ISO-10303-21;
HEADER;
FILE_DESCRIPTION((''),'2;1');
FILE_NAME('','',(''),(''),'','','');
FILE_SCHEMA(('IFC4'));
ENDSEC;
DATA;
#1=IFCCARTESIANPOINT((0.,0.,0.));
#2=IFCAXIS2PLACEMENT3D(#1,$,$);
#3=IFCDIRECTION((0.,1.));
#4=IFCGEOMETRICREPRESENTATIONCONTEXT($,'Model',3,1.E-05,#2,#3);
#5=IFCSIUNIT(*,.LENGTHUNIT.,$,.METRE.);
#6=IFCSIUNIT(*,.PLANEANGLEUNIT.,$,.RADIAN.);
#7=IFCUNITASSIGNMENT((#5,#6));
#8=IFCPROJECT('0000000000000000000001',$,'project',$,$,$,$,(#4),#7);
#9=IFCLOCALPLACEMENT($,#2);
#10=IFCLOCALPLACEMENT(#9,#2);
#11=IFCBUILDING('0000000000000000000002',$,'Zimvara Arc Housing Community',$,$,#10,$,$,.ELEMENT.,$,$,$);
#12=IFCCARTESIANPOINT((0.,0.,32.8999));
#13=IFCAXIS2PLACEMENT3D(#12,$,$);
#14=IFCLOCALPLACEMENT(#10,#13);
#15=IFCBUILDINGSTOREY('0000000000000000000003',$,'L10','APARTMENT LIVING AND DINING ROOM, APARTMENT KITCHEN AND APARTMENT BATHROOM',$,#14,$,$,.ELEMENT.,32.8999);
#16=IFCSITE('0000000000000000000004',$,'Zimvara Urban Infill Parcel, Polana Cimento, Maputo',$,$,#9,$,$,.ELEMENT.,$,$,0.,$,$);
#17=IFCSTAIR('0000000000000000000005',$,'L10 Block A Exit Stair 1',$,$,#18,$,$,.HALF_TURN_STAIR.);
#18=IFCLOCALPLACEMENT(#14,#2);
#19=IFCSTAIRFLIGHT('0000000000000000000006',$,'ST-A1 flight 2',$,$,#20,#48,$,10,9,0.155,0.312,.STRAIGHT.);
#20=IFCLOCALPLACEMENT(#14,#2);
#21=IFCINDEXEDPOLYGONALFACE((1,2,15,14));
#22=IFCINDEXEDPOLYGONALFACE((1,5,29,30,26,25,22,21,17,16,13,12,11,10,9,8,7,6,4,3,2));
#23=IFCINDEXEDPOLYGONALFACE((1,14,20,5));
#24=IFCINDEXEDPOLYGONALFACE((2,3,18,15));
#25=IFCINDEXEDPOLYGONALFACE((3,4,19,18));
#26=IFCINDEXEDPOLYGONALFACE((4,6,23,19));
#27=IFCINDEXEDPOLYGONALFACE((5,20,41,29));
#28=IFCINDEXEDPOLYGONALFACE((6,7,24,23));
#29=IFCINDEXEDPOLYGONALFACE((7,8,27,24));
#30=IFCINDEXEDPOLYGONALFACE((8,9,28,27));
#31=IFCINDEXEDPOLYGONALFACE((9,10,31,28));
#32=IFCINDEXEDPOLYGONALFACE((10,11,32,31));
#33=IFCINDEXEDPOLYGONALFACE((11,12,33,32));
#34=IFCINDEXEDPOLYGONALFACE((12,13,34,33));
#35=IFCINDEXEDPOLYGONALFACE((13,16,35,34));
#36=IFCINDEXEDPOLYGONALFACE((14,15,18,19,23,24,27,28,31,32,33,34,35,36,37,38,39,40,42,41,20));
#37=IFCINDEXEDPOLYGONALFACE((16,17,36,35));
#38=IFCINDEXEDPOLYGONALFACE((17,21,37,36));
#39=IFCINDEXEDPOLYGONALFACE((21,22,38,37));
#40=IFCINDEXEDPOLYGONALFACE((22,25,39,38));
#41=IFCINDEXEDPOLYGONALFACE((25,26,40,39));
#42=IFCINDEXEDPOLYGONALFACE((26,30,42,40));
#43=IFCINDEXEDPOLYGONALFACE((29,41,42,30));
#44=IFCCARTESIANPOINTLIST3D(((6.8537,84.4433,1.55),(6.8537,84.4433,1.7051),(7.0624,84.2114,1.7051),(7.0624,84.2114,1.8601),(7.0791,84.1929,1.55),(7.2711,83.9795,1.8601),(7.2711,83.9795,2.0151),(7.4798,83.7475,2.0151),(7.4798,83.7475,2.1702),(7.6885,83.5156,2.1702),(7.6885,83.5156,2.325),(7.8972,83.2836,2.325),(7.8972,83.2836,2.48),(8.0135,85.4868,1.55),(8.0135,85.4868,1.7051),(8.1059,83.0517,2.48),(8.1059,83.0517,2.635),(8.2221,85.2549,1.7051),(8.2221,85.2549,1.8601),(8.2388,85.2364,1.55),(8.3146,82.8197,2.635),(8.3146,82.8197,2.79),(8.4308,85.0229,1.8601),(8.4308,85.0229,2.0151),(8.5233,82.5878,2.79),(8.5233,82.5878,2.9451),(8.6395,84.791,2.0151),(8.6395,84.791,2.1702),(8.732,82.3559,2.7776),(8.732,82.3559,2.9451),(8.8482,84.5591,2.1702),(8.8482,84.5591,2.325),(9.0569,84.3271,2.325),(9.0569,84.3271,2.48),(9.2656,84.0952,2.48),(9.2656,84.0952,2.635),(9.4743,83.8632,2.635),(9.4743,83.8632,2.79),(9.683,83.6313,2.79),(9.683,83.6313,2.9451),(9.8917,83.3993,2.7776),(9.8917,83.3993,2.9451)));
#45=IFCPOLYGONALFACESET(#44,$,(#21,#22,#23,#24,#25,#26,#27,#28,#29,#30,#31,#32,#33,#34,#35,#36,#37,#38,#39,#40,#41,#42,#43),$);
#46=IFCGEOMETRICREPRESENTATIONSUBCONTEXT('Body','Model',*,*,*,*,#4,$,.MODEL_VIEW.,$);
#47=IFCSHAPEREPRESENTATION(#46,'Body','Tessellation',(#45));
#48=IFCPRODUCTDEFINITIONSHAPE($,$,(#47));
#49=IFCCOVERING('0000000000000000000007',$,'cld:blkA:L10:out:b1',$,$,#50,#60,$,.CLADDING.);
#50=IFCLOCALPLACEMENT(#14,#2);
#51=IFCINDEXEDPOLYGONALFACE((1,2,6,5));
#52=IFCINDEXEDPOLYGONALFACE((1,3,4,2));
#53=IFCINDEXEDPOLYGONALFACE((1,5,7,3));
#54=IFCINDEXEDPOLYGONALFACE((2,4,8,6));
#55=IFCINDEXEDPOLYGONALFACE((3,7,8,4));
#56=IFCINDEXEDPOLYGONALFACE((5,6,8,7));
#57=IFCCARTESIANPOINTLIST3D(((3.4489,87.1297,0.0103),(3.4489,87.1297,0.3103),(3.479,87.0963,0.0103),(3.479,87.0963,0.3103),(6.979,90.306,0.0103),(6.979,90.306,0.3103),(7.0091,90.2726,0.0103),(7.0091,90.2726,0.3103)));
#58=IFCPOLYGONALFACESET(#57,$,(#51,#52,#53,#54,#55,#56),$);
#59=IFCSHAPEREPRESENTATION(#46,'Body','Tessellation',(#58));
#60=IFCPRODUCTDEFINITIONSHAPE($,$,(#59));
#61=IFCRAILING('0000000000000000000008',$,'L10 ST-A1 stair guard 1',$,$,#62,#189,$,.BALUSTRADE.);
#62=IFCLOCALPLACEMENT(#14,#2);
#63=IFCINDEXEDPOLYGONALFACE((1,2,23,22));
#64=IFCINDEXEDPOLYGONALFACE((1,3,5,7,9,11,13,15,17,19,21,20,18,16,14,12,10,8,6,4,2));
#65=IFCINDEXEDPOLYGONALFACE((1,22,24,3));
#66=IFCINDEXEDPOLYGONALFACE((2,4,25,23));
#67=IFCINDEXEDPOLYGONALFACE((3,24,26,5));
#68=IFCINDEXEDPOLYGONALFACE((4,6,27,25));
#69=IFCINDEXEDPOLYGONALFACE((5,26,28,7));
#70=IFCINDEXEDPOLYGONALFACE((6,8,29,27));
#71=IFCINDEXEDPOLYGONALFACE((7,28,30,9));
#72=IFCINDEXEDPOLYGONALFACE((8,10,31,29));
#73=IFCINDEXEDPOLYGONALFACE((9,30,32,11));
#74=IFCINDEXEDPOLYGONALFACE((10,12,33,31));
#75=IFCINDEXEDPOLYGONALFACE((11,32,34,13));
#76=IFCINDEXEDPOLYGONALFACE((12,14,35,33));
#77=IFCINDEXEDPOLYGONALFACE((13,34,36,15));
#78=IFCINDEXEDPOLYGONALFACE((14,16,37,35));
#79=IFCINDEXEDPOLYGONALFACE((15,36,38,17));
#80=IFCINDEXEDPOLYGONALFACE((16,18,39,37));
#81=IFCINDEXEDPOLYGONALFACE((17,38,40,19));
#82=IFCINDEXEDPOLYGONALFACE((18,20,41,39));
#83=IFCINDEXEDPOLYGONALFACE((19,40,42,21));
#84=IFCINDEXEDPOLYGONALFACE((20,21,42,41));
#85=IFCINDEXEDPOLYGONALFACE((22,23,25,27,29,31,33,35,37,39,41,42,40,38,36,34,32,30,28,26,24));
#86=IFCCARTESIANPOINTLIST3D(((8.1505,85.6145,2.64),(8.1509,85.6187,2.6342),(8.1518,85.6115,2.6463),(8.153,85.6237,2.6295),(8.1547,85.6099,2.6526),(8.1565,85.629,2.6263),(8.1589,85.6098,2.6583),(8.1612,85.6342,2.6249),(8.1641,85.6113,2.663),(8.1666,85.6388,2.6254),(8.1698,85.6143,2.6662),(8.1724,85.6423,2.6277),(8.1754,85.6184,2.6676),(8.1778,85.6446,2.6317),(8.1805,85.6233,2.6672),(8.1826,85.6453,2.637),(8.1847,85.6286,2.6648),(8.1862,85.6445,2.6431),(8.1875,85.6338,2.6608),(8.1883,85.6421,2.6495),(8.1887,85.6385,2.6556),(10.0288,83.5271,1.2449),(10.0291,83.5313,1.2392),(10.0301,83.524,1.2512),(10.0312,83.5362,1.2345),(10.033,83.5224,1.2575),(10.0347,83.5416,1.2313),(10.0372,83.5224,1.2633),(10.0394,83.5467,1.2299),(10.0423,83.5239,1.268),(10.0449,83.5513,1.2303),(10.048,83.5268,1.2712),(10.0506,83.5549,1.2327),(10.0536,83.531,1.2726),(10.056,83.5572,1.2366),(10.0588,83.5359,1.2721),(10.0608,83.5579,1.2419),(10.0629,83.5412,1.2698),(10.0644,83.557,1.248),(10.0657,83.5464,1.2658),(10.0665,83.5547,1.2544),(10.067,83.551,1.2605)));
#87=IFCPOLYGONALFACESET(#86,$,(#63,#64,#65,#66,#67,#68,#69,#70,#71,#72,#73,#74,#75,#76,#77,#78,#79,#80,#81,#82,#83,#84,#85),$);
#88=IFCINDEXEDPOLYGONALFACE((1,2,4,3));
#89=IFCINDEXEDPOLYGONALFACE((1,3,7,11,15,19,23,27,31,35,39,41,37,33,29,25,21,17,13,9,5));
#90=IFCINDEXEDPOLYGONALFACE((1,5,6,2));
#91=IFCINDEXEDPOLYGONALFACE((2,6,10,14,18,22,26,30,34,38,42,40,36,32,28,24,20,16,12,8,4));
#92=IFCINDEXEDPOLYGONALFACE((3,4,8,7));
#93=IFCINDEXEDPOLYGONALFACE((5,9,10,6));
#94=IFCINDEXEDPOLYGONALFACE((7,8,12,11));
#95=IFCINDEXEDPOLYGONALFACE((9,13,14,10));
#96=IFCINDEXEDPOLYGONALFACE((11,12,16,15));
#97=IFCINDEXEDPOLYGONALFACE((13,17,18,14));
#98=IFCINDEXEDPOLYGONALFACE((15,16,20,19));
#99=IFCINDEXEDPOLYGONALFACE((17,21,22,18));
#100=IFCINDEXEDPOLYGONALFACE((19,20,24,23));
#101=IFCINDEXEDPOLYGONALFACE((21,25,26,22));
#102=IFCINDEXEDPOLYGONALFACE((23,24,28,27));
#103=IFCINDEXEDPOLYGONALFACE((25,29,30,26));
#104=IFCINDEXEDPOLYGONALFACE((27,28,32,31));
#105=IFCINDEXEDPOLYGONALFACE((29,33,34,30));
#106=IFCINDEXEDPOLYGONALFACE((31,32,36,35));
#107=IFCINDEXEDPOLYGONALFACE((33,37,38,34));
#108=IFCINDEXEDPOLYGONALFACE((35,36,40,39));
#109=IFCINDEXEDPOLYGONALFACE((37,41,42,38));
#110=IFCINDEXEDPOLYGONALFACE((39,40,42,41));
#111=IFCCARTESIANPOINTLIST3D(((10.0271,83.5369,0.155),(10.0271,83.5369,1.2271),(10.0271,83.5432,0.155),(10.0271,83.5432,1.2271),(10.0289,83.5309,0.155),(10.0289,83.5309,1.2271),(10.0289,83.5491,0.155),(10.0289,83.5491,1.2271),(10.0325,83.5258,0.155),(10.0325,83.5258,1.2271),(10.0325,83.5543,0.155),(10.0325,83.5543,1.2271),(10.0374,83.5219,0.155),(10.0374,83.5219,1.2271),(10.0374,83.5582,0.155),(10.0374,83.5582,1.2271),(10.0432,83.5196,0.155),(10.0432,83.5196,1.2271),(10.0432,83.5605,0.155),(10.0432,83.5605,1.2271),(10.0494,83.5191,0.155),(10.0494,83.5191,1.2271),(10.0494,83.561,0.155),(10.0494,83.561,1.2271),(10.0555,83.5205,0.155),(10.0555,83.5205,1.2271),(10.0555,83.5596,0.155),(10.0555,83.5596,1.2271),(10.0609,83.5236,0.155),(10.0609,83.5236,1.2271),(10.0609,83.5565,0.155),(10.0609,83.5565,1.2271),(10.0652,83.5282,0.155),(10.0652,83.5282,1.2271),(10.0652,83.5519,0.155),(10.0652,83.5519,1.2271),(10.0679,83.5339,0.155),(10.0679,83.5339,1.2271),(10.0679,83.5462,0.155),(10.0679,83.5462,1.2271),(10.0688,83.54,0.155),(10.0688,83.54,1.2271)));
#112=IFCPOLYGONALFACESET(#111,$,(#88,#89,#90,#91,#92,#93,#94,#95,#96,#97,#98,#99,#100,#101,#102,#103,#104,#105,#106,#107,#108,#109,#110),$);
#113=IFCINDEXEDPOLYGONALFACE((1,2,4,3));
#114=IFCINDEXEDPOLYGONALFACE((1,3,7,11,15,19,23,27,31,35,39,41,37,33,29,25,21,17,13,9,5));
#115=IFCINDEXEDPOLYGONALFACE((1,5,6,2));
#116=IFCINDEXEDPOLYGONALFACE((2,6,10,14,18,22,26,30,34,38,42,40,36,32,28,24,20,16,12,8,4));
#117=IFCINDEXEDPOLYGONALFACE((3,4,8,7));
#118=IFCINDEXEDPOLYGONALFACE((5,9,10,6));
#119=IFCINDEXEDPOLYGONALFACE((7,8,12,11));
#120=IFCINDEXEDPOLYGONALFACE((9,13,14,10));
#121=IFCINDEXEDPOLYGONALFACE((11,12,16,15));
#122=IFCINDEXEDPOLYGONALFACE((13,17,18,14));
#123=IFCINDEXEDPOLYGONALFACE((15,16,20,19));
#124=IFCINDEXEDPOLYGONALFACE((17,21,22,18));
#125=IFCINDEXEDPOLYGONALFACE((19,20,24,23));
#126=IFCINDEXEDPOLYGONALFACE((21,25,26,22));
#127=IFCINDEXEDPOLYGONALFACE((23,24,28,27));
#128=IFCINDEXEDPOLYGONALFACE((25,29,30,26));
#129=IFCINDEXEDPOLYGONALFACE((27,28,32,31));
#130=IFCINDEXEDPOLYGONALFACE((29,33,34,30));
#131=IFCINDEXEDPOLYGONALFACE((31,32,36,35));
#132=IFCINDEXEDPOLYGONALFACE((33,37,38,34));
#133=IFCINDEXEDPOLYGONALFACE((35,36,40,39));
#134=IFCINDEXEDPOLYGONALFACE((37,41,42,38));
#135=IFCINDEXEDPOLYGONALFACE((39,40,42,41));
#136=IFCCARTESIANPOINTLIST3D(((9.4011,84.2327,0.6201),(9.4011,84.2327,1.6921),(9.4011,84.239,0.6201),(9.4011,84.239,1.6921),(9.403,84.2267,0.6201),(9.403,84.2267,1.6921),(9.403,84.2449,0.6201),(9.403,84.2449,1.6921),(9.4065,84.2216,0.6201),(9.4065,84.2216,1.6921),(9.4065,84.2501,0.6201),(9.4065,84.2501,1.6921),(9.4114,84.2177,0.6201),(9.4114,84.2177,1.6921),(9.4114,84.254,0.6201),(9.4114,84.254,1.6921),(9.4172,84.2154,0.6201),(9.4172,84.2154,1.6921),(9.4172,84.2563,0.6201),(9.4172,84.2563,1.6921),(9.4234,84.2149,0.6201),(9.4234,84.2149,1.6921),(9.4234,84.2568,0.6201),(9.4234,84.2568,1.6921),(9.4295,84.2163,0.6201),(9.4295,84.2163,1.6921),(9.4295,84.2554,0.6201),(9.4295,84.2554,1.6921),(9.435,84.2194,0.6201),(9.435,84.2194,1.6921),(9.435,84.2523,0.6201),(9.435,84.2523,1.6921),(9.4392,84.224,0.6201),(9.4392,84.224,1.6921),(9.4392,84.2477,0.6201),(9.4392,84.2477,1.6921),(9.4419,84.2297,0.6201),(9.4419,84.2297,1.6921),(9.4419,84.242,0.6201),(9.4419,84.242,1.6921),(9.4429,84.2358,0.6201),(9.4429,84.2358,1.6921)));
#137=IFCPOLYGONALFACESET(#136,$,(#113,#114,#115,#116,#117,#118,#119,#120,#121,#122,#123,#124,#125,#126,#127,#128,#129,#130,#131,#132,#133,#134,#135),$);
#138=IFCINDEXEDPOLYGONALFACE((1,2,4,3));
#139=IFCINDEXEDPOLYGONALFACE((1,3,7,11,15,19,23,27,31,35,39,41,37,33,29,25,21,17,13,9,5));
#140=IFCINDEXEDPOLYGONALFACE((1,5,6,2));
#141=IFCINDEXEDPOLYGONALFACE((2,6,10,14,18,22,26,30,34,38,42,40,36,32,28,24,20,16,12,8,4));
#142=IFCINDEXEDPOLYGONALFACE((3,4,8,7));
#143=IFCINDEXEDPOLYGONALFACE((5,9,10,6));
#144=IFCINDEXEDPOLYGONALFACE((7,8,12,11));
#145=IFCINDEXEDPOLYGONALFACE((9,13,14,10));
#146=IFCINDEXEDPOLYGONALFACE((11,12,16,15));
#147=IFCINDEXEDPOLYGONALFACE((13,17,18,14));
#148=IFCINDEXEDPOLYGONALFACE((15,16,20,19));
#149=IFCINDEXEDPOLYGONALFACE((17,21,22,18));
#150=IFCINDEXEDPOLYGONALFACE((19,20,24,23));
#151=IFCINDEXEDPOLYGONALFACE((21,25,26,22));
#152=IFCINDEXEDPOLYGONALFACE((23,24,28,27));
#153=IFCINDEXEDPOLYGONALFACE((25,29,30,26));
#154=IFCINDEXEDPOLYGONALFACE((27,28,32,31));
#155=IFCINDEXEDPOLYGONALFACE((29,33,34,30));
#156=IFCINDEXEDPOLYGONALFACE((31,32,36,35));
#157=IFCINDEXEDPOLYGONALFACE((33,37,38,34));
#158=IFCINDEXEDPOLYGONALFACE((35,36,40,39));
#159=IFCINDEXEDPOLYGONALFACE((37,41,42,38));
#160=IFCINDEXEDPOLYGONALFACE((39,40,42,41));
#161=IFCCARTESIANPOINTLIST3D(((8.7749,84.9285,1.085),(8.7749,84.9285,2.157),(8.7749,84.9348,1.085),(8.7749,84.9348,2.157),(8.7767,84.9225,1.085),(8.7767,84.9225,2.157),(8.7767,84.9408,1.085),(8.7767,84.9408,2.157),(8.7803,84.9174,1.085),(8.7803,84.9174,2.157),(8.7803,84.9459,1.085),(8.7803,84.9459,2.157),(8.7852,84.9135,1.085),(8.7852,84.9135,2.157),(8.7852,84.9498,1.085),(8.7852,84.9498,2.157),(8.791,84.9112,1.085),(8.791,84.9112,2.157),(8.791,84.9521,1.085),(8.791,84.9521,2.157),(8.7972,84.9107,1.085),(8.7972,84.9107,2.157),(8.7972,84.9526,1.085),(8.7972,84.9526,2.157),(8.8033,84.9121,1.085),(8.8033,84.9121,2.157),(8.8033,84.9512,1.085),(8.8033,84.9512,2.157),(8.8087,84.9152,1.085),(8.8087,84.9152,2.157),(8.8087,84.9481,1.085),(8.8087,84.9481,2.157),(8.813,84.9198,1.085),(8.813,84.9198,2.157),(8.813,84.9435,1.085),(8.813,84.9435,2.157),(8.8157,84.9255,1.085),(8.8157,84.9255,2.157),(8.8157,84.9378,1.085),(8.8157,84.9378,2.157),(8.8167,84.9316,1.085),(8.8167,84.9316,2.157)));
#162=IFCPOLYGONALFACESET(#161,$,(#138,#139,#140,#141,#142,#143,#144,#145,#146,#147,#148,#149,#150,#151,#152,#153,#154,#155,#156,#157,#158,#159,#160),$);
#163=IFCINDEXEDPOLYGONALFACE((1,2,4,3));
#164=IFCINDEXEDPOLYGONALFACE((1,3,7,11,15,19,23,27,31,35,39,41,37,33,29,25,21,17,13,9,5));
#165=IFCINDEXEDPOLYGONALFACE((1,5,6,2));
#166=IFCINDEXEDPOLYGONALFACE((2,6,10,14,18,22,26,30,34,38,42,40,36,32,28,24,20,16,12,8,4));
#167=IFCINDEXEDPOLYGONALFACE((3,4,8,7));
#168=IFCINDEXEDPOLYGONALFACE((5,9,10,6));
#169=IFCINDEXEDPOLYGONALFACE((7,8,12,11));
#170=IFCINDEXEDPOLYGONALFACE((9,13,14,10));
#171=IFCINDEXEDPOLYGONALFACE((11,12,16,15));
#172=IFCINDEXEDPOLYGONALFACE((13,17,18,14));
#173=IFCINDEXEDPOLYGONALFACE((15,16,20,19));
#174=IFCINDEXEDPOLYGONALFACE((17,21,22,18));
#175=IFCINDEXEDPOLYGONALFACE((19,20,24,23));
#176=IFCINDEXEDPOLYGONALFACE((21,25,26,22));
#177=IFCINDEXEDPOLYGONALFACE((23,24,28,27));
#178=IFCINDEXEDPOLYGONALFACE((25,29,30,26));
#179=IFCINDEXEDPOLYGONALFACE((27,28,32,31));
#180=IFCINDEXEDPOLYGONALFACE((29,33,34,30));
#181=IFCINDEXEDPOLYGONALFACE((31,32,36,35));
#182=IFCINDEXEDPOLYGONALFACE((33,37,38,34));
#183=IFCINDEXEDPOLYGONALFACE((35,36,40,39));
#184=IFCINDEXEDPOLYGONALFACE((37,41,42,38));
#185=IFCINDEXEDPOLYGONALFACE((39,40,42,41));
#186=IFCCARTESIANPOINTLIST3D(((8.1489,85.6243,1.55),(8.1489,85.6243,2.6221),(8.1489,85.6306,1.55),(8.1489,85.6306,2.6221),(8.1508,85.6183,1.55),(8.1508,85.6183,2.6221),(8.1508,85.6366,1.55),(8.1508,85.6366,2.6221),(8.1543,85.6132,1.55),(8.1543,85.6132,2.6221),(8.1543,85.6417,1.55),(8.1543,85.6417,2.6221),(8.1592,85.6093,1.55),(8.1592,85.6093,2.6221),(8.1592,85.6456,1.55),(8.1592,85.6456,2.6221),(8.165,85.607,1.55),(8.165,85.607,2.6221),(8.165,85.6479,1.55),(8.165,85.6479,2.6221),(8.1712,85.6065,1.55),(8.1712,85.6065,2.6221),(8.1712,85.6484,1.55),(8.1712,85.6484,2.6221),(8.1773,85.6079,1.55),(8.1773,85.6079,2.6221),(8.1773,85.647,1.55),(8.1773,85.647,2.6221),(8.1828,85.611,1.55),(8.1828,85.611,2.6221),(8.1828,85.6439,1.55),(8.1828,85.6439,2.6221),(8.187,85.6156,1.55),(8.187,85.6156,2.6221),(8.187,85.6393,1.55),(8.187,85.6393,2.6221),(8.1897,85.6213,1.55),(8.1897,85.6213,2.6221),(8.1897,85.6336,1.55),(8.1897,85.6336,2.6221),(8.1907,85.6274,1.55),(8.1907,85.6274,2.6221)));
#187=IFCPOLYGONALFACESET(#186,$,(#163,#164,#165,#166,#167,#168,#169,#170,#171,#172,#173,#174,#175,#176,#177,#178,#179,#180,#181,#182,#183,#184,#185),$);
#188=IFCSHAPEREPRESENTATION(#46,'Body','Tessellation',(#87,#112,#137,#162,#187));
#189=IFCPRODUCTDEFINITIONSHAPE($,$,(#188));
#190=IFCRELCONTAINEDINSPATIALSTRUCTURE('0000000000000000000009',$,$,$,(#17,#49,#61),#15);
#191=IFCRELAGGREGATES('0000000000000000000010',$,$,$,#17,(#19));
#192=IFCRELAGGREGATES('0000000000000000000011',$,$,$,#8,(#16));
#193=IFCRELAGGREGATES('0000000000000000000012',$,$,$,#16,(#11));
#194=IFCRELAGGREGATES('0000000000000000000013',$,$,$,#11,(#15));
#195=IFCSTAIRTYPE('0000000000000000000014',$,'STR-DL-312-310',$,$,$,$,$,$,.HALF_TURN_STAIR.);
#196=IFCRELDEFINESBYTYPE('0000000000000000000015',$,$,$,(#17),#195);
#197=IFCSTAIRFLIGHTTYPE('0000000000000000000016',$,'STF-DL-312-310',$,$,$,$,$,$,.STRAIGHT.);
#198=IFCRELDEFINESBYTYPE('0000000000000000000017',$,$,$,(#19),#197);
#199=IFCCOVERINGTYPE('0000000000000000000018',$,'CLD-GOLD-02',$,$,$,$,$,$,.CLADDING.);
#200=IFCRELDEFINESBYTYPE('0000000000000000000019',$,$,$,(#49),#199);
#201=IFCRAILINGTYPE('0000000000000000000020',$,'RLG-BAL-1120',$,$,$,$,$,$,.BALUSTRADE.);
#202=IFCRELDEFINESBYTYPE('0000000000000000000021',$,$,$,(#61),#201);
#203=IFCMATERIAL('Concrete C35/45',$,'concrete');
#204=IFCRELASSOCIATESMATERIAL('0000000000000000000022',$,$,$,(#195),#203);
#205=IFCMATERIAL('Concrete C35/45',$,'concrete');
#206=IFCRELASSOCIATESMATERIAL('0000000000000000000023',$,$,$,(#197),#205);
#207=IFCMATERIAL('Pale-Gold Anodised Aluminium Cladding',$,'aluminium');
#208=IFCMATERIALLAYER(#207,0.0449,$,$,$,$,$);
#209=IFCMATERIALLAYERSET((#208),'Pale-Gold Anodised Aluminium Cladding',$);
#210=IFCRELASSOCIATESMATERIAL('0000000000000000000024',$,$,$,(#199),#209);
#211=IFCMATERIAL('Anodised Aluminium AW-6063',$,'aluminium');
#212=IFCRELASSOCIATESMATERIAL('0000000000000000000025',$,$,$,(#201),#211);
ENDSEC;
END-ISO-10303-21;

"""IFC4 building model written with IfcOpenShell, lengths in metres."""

from ifc_helpers import new_model, si_unit, direction, frame, origin, origin_2d, place, context, subcontext, project, spatial, polyline, rectangle, circle, outline, extrude, material, layer, layer_set, type_object, element, aggregate, save


model = new_model("IFC4")

# Units and contexts
model_context = context("Model", 3, precision=1e-05, world=origin(), true_north=direction((0.0, 1.0)))
body_context = subcontext(model_context, "Body", "Model", "MODEL_VIEW")
ifc_project = project(units=[si_unit("LENGTHUNIT", "METRE"), si_unit("PLANEANGLEUNIT", "RADIAN")], contexts=[model_context])

# Site, building, storey
site_placement = place(None, origin())
site = spatial("IfcSite", under=ifc_project, at=site_placement, Name="Zimvara Urban Infill Parcel, Polana Cimento, Maputo", CompositionType="ELEMENT", RefElevation=0.0)
building_placement = place(site_placement, origin())
building = spatial("IfcBuilding", under=site, at=building_placement, Name="Zimvara Arc Housing Community", CompositionType="ELEMENT")
storey_placement = place(building_placement, frame((0.0, 0.0, 32.8999)))
storey = spatial("IfcBuildingStorey", under=building, at=storey_placement, Name="L10", Description="APARTMENT LIVING AND DINING ROOM, APARTMENT KITCHEN AND APARTMENT BATHROOM", CompositionType="ELEMENT", Elevation=32.8999)

# Stair, stair flight
ifc_material_1 = material(Name="Concrete C35/45", Category="concrete")
stair_type = type_object("IfcStairType", Name="STR-DL-312-310", PredefinedType="HALF_TURN_STAIR", material=ifc_material_1)
stair_placement = place(storey_placement, origin())
stair = element("IfcStair", 1, at=stair_placement, inside=storey, type_object=stair_type, Name="L10 Block A Exit Stair 1", PredefinedType="HALF_TURN_STAIR")
ifc_material_2 = material(Name="Concrete C35/45", Category="concrete")
stair_flight_type = type_object("IfcStairFlightType", Name="STF-DL-312-310", PredefinedType="STRAIGHT", material=ifc_material_2)
stair_flight_1_placement = place(storey_placement, frame((7.4336, 84.9651, 1.55), z_axis=(0.0, 0.0, 1.0), x_axis=(0.668871, -0.743378, 0.0)))
stair_flight_1 = element("IfcStairFlight", 2, at=stair_flight_1_placement, type_object=stair_flight_type, Name="ST-A1 flight 2", NumberOfRisers=10, NumberOfTreads=9, PredefinedType="STRAIGHT", RiserHeight=0.155, TreadLength=0.312, context=body_context, shape_type="SweptSolid", body=[
    extrude(outline(polyline([(0.0, 0.0), (0.0, 0.155), (0.312, 0.155), (0.312, 0.3101), (0.624, 0.3101), (0.624, 0.4651), (0.936, 0.4651), (0.936, 0.6201), (1.248, 0.6201), (1.248, 0.7749), (1.5601, 0.7749), (1.5601, 0.9299), (1.8721, 0.9299), (1.8721, 1.085), (2.1841, 1.085), (2.1841, 1.24), (2.4961, 1.24), (2.4961, 1.395), (2.8081, 1.395), (2.8081, 1.55), (2.8081, 1.2275), (0.3369, 0.0), (0.0, 0.0)])), frame((0.0, 0.78, 0.0), z_axis=(0.0, -1.0, 0.0), x_axis=(1.0, 0.0, 0.0)), (0.0, 0.0, 1.0), 1.5601),
])
aggregate(stair, [stair_flight_1])

# Covering
ifc_material_3 = material(Name="Pale-Gold Anodised Aluminium Cladding", Category="aluminium")
ifc_layer_1 = layer(ifc_material_3, 0.0449)
ifc_layer_set_1 = layer_set([ifc_layer_1], Name="Pale-Gold Anodised Aluminium Cladding")
covering_type = type_object("IfcCoveringType", Name="CLD-GOLD-02", PredefinedType="CLADDING", material=ifc_layer_set_1)
covering_placement = place(storey_placement, frame((5.229, 88.7012, 0.0103), z_axis=(0.0, 0.0, 1.0), x_axis=(0.743377, 0.668872, 0.0)))
element("IfcCovering", 3, at=covering_placement, inside=storey, type_object=covering_type, Name="cld:blkA:L10:out:b1", PredefinedType="CLADDING", context=body_context, shape_type="SweptSolid", body=[
    extrude(rectangle(XDim=4.7488, YDim=0.0449, at=origin_2d()), origin(), (0.0, 0.0, 1.0), 0.3),
])

# Railing
ifc_material_4 = material(Name="Anodised Aluminium AW-6063", Category="aluminium")
railing_type_1 = type_object("IfcRailingType", Name="RLG-BAL-1120", PredefinedType="BALUSTRADE", material=ifc_material_4)
railing_1_placement = place(storey_placement, frame((10.0479, 83.54, 0.155)))
element("IfcRailing", 4, at=railing_1_placement, inside=storey, type_object=railing_type_1, Name="L10 ST-A1 stair guard 1", PredefinedType="BALUSTRADE", context=body_context, shape_type="SweptSolid", body=[
    extrude(circle(Radius=0.0239, at=origin_2d()), frame((0.0, 0.0, 1.0962), z_axis=(-0.599018, 0.665749, 0.444923), x_axis=(-0.743381, -0.668869, 0.0)), (0.0, 0.0, 1.0), 3.1355),
    extrude(circle(Radius=0.021, at=origin_2d()), origin(), (0.0, 0.0, 1.0), 1.072),
    extrude(circle(Radius=0.021, at=origin_2d()), frame((-0.626, 0.6958, 0.4651)), (0.0, 0.0, 1.0), 1.072),
    extrude(circle(Radius=0.021, at=origin_2d()), frame((-1.2522, 1.3916, 0.9299)), (0.0, 0.0, 1.0), 1.072),
    extrude(circle(Radius=0.021, at=origin_2d()), frame((-1.8782, 2.0874, 1.395)), (0.0, 0.0, 1.0), 1.072),
])

save(model, "model.ifc")
